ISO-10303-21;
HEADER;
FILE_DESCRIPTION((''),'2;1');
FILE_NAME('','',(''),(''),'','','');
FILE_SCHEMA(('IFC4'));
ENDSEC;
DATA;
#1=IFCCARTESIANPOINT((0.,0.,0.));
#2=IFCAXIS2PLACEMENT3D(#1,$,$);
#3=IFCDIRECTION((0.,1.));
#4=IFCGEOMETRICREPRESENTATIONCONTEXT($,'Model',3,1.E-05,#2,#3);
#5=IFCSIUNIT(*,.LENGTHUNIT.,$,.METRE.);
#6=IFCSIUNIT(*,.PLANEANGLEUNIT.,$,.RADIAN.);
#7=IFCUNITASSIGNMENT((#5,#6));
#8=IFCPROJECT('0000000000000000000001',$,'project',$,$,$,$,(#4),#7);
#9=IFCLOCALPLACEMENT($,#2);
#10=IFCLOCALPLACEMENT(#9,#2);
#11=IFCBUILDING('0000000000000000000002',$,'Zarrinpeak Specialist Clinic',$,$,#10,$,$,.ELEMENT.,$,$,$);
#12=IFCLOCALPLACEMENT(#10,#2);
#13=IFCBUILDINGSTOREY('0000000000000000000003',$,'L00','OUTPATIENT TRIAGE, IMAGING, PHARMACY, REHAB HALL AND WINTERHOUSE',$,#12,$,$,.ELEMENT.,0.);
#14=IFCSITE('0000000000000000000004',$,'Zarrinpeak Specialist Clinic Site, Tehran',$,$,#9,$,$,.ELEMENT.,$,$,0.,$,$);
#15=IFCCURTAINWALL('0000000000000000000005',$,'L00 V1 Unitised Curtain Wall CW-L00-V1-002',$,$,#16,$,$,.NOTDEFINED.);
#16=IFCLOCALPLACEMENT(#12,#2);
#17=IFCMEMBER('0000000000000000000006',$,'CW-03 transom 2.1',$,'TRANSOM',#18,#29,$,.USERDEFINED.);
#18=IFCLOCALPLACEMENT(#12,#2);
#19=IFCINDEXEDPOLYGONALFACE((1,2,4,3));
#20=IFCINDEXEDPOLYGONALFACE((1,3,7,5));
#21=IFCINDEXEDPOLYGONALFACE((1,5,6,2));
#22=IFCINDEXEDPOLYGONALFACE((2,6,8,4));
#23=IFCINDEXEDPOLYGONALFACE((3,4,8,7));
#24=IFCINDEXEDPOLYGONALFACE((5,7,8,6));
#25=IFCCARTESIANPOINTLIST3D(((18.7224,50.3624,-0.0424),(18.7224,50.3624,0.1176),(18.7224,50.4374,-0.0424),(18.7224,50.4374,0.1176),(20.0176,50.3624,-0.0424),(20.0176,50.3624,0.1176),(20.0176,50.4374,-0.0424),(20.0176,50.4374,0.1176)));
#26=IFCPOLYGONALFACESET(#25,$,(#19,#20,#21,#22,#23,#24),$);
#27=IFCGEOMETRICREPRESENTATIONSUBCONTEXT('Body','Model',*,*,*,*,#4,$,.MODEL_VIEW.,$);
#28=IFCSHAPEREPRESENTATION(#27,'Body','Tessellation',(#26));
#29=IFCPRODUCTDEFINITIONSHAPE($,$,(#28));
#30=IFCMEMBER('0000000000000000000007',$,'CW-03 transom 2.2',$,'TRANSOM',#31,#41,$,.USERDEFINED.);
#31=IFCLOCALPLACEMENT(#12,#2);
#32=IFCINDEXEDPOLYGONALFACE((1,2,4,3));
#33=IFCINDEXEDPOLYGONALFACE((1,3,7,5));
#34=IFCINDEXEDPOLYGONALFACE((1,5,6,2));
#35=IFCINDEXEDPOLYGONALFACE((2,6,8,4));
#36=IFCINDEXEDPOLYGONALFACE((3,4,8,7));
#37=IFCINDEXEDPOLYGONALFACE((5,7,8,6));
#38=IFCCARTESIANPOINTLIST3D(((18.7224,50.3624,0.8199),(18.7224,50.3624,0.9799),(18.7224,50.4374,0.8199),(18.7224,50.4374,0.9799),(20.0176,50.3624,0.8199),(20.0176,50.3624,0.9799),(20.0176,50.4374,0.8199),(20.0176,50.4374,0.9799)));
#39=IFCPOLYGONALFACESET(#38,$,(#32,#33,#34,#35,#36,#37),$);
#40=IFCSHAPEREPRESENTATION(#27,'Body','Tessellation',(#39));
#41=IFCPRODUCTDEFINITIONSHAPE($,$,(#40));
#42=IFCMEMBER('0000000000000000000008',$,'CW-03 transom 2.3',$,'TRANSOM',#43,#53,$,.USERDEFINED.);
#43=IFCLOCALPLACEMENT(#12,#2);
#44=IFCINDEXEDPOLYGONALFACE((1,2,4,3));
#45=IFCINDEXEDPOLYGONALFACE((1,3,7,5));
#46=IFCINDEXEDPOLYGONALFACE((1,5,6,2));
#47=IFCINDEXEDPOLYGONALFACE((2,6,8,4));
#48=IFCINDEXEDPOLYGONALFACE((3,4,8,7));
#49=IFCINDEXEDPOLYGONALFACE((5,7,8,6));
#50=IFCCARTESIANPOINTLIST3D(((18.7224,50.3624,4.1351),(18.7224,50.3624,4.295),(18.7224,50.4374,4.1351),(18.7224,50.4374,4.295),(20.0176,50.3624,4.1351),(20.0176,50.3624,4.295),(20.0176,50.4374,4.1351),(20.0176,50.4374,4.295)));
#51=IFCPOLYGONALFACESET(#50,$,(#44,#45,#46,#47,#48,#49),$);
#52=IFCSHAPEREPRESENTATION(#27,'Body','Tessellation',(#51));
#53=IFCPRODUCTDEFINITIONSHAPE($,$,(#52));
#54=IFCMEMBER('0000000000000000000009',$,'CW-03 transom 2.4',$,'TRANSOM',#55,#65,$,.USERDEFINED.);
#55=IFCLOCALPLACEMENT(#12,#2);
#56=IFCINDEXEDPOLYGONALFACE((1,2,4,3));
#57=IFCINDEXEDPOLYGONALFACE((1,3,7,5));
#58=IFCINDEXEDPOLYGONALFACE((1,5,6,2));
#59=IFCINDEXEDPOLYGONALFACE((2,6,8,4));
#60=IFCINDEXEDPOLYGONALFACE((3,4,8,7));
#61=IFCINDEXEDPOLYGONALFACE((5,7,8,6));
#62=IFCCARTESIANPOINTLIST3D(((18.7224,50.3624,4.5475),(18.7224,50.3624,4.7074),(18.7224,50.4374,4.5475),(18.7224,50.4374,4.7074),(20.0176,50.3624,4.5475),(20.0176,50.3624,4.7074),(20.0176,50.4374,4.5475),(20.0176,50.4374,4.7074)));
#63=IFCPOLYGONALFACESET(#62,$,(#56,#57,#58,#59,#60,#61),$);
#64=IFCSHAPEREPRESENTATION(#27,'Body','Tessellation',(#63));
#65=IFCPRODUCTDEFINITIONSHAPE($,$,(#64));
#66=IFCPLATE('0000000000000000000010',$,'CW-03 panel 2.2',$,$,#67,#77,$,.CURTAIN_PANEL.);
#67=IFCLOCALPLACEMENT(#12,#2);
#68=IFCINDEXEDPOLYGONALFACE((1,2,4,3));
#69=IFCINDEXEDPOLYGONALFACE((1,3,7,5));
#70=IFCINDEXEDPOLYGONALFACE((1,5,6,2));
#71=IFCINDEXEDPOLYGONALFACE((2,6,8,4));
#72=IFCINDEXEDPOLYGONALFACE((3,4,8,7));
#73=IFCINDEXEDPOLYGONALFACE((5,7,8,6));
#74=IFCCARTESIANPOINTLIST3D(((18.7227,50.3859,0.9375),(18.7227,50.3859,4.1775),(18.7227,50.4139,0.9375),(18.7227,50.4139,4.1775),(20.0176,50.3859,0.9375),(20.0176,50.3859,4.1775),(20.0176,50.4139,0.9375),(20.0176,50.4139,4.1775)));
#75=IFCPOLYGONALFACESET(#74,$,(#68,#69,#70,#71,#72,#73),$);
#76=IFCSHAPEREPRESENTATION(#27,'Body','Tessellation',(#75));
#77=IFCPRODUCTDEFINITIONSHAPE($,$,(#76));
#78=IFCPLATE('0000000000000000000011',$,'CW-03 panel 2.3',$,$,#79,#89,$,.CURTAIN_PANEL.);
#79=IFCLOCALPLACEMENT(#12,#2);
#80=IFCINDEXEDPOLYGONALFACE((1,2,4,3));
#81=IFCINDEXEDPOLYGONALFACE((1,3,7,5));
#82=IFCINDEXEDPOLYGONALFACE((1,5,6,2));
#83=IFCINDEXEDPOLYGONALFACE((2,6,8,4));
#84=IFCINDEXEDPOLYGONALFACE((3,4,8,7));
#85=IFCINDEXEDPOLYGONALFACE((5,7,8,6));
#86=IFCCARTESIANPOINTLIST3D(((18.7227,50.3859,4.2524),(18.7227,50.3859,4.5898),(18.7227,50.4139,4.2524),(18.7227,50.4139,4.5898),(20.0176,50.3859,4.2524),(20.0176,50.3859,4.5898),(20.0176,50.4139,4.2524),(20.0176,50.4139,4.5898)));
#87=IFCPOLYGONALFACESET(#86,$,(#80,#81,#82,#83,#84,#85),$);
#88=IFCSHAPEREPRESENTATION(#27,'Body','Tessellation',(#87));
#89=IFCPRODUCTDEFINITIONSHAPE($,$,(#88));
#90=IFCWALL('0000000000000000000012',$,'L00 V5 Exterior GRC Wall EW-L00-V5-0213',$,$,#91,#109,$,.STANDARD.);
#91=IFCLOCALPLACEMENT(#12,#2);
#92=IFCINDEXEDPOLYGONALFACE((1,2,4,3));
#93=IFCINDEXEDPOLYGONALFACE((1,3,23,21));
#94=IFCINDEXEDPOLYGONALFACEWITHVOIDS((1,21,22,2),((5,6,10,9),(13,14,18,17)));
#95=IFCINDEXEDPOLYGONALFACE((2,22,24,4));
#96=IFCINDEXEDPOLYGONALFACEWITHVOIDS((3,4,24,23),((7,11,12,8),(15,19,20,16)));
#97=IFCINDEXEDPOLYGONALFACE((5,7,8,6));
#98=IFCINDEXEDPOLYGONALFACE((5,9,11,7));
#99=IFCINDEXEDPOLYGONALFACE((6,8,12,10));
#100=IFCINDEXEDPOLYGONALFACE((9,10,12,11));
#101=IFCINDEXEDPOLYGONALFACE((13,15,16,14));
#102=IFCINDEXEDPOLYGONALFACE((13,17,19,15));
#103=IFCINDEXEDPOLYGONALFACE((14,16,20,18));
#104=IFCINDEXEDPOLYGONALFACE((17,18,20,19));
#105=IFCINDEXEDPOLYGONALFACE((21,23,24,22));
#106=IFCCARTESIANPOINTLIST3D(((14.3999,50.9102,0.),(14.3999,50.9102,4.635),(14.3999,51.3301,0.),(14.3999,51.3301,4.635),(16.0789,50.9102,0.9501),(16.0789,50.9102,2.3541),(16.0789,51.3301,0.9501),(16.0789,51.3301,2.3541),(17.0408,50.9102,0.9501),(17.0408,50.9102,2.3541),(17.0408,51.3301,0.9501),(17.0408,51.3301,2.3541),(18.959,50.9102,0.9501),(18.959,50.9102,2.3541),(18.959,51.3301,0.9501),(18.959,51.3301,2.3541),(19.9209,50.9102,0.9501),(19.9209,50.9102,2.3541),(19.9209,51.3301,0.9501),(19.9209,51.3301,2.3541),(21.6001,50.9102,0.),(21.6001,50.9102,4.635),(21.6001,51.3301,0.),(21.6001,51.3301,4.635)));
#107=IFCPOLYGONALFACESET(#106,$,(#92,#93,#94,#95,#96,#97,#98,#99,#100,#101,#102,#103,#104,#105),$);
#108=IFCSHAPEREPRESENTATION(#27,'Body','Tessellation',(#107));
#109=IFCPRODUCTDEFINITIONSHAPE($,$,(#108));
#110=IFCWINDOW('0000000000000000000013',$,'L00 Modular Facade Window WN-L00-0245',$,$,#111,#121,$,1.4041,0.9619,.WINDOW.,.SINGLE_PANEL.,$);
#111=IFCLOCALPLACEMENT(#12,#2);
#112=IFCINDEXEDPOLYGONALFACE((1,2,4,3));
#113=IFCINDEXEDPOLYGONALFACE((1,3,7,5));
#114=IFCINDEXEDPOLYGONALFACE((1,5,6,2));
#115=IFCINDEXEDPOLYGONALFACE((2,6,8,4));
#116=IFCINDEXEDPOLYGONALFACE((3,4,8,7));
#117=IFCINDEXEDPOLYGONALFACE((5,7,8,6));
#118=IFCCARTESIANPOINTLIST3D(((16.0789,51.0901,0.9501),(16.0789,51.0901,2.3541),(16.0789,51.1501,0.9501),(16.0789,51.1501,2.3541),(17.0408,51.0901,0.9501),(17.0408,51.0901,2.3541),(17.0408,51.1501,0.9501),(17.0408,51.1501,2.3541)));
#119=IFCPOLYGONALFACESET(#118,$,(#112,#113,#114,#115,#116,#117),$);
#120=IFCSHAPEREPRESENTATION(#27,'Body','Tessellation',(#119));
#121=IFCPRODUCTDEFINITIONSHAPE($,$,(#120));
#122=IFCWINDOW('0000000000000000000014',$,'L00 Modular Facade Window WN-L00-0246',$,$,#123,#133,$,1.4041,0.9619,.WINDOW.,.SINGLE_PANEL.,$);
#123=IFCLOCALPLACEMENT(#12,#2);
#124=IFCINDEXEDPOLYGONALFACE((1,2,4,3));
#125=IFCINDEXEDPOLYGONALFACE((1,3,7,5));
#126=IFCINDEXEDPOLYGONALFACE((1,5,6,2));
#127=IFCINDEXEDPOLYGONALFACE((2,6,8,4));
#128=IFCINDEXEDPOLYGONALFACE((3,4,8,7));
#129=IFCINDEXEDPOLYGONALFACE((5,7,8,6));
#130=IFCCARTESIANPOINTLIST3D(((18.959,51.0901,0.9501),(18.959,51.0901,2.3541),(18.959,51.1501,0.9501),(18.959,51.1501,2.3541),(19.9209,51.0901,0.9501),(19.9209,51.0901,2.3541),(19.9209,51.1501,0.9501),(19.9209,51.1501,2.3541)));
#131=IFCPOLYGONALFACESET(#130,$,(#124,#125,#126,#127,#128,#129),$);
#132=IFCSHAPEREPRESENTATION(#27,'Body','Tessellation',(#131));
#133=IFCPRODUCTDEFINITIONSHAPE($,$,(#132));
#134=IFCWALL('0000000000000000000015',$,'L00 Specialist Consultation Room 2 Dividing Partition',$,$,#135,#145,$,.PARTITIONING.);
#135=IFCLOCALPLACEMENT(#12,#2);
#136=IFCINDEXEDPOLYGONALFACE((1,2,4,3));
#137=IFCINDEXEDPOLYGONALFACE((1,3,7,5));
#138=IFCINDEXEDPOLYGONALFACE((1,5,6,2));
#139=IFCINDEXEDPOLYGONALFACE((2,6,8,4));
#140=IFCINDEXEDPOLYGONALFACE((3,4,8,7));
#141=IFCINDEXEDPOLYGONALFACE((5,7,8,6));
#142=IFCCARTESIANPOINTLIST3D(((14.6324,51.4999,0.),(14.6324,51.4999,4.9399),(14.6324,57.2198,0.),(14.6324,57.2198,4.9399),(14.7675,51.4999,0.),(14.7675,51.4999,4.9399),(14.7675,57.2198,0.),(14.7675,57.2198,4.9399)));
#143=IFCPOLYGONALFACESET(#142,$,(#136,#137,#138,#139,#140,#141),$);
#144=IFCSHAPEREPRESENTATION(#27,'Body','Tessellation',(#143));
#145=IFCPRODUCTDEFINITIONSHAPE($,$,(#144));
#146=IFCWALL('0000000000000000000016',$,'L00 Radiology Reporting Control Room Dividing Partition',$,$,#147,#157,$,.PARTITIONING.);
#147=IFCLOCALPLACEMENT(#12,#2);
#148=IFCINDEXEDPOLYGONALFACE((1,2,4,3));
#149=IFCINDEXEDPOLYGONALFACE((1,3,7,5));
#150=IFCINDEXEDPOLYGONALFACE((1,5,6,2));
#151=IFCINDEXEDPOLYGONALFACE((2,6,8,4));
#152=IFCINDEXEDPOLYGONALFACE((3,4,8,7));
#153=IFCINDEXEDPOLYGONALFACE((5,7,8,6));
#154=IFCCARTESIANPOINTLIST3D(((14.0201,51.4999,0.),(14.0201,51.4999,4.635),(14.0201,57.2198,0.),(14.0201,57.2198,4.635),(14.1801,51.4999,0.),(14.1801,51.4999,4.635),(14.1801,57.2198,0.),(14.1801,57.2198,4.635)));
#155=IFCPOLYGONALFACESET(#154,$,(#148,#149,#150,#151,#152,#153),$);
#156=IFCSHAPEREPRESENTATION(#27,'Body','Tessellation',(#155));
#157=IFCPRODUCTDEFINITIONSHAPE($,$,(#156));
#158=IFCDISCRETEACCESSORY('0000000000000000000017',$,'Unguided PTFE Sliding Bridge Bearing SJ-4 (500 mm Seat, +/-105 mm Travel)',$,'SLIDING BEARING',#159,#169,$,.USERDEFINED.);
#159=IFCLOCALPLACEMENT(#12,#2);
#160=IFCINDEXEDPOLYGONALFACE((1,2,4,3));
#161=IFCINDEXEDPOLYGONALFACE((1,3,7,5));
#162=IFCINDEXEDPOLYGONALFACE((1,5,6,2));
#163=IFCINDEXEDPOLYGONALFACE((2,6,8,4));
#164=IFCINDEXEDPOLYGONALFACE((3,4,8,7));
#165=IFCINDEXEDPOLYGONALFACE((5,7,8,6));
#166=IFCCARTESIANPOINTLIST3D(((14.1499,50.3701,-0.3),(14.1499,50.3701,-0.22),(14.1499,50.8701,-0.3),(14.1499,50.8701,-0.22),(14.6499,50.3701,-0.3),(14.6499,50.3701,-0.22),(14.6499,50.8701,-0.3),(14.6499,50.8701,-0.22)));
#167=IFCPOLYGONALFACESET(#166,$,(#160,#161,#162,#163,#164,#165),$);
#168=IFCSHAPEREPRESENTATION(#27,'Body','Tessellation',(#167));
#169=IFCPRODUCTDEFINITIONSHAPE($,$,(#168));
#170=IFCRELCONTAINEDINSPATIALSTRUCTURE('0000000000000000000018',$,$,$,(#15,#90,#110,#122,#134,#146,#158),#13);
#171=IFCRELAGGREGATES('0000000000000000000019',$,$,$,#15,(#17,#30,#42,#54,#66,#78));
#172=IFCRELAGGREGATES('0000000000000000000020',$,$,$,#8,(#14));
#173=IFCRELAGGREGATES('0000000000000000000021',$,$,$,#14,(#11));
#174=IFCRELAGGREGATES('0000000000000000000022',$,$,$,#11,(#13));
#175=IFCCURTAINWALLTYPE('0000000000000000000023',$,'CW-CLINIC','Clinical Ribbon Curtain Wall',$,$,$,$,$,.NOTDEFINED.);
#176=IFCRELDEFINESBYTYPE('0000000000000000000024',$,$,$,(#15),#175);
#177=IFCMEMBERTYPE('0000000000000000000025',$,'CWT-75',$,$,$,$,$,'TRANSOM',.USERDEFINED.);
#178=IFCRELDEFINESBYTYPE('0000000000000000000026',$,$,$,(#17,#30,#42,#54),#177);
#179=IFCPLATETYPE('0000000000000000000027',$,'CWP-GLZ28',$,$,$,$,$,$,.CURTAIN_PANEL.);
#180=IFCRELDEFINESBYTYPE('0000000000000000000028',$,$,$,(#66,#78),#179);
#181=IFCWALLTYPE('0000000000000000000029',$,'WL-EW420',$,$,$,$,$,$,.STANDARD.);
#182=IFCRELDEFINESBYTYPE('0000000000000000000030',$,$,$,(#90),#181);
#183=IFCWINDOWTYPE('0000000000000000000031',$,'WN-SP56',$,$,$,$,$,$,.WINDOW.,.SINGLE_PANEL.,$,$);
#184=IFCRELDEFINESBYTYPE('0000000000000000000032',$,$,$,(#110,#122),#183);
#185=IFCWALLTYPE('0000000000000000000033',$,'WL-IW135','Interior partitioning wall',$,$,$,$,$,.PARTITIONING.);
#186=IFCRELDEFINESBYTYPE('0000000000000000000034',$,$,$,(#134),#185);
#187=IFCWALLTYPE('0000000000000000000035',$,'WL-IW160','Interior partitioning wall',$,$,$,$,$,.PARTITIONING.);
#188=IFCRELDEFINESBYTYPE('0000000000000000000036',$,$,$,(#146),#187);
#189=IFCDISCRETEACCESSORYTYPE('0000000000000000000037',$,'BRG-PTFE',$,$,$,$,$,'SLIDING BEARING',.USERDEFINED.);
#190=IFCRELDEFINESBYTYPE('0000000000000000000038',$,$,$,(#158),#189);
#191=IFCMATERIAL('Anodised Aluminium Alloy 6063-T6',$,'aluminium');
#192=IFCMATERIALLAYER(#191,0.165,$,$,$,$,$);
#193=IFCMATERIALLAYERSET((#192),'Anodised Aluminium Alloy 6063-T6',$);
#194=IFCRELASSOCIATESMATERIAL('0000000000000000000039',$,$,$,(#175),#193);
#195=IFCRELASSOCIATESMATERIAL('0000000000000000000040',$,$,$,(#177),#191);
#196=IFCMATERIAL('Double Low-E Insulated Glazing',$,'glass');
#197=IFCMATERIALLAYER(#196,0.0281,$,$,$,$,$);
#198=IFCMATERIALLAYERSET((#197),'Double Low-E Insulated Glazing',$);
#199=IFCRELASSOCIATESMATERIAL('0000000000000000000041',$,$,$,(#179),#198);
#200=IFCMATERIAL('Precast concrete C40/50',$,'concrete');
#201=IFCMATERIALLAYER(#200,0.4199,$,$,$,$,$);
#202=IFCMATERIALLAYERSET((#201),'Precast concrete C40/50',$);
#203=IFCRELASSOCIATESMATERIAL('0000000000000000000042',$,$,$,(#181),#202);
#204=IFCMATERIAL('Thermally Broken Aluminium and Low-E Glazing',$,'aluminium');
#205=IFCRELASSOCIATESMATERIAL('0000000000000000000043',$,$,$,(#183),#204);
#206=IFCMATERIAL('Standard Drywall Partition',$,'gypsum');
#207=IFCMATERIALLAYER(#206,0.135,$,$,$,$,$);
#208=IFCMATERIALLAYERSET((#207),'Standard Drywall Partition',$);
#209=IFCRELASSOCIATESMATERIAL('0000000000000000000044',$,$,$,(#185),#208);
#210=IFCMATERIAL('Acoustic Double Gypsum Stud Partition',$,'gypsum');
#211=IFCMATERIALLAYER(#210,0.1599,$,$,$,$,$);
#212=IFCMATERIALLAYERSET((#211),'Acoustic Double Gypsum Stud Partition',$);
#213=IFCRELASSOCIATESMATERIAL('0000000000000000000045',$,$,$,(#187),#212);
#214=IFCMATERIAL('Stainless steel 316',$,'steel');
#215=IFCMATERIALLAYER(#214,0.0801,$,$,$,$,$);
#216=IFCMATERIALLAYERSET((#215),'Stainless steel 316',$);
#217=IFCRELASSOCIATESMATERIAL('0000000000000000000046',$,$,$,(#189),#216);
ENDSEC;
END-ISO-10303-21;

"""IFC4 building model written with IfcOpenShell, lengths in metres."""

from ifc_helpers import new_model, si_unit, direction, frame, frame_2d, origin, origin_2d, place, context, subcontext, project, spatial, rectangle, extrude, material, layer, layer_set, material_profile, profile_set, type_object, element, fill, aggregate, save


model = new_model("IFC4")

# Units and contexts
model_context = context("Model", 3, precision=1e-05, world=origin(), true_north=direction((0.0, 1.0)))
body_context = subcontext(model_context, "Body", "Model", "MODEL_VIEW")
ifc_project = project(units=[si_unit("LENGTHUNIT", "METRE"), si_unit("PLANEANGLEUNIT", "RADIAN")], contexts=[model_context])

# Site, building, storey
site_placement = place(None, origin())
site = spatial("IfcSite", under=ifc_project, at=site_placement, Name="Zarrinpeak Specialist Clinic Site, Tehran", CompositionType="ELEMENT", RefElevation=0.0)
building_placement = place(site_placement, origin())
building = spatial("IfcBuilding", under=site, at=building_placement, Name="Zarrinpeak Specialist Clinic", CompositionType="ELEMENT")
storey_placement = place(building_placement, origin())
storey = spatial("IfcBuildingStorey", under=building, at=storey_placement, Name="L00", Description="OUTPATIENT TRIAGE, IMAGING, PHARMACY, REHAB HALL AND WINTERHOUSE", CompositionType="ELEMENT", Elevation=0.0)

# Curtain wall, members, plates
ifc_material_1 = material(Name="Anodised Aluminium Alloy 6063-T6", Category="aluminium")
ifc_layer_1 = layer(ifc_material_1, 0.165)
ifc_layer_set_1 = layer_set([ifc_layer_1], Name="Anodised Aluminium Alloy 6063-T6")
curtain_wall_type = type_object("IfcCurtainWallType", Name="CW-CLINIC", Description="Clinical Ribbon Curtain Wall", PredefinedType="NOTDEFINED", material=ifc_layer_set_1)
curtain_wall_placement = place(storey_placement, origin())
curtain_wall = element("IfcCurtainWall", 1, at=curtain_wall_placement, inside=storey, type_object=curtain_wall_type, Name="L00 V1 Unitised Curtain Wall CW-L00-V1-002", PredefinedType="NOTDEFINED")
ifc_material_profile_1 = material_profile(ifc_material_1, rectangle(XDim=0.075, YDim=0.1599, at=origin_2d()), Name="ALU 75x160")
ifc_profile_set_1 = profile_set([ifc_material_profile_1], Name="Anodised Aluminium Alloy 6063-T6")
member_type_1 = type_object("IfcMemberType", Name="CWT-75", ElementType="TRANSOM", PredefinedType="USERDEFINED", material=ifc_profile_set_1)
member_1_placement = place(storey_placement, frame((20.0176, 50.3999, 0.0376), z_axis=(-1.0, 0.0, 0.0), x_axis=(0.0, -1.0, 0.0)))
member_1 = element("IfcMember", 2, at=member_1_placement, type_object=member_type_1, Name="CW-03 transom 2.1", ObjectType="TRANSOM", PredefinedType="USERDEFINED", context=body_context, shape_type="SweptSolid", body=[
    extrude(rectangle(XDim=0.075, YDim=0.1599, at=origin_2d()), origin(), (0.0, 0.0, 1.0), 1.2952),
])
member_2_placement = place(storey_placement, frame((20.0176, 50.3999, 0.8999), z_axis=(-1.0, 0.0, 0.0), x_axis=(0.0, -1.0, 0.0)))
member_2 = element("IfcMember", 3, at=member_2_placement, type_object=member_type_1, Name="CW-03 transom 2.2", ObjectType="TRANSOM", PredefinedType="USERDEFINED", context=body_context, shape_type="SweptSolid", body=[
    extrude(rectangle(XDim=0.075, YDim=0.1599, at=origin_2d()), origin(), (0.0, 0.0, 1.0), 1.2952),
])
member_3_placement = place(storey_placement, frame((20.0176, 50.3999, 4.2151), z_axis=(-1.0, 0.0, 0.0), x_axis=(0.0, -1.0, 0.0)))
member_3 = element("IfcMember", 4, at=member_3_placement, type_object=member_type_1, Name="CW-03 transom 2.3", ObjectType="TRANSOM", PredefinedType="USERDEFINED", context=body_context, shape_type="SweptSolid", body=[
    extrude(rectangle(XDim=0.075, YDim=0.1599, at=origin_2d()), origin(), (0.0, 0.0, 1.0), 1.2952),
])
member_4_placement = place(storey_placement, frame((20.0176, 50.3999, 4.6274), z_axis=(-1.0, 0.0, 0.0), x_axis=(0.0, -1.0, 0.0)))
member_4 = element("IfcMember", 5, at=member_4_placement, type_object=member_type_1, Name="CW-03 transom 2.4", ObjectType="TRANSOM", PredefinedType="USERDEFINED", context=body_context, shape_type="SweptSolid", body=[
    extrude(rectangle(XDim=0.075, YDim=0.1599, at=origin_2d()), origin(), (0.0, 0.0, 1.0), 1.2952),
])
ifc_material_2 = material(Name="Double Low-E Insulated Glazing", Category="glass")
ifc_layer_2 = layer(ifc_material_2, 0.0281)
ifc_layer_set_2 = layer_set([ifc_layer_2], Name="Double Low-E Insulated Glazing")
plate_type = type_object("IfcPlateType", Name="CWP-GLZ28", PredefinedType="CURTAIN_PANEL", material=ifc_layer_set_2)
plate_1_placement = place(storey_placement, frame((19.3701, 50.3999, 0.9375), z_axis=(0.0, 0.0, 1.0), x_axis=(-1.0, 0.0, 0.0)))
plate_1 = element("IfcPlate", 6, at=plate_1_placement, type_object=plate_type, Name="CW-03 panel 2.2", PredefinedType="CURTAIN_PANEL", context=body_context, shape_type="SweptSolid", body=[
    extrude(rectangle(XDim=1.2949, YDim=0.0281, at=origin_2d()), origin(), (0.0, 0.0, 1.0), 3.24),
])
plate_2_placement = place(storey_placement, frame((19.3701, 50.3999, 4.2524), z_axis=(0.0, 0.0, 1.0), x_axis=(-1.0, 0.0, 0.0)))
plate_2 = element("IfcPlate", 7, at=plate_2_placement, type_object=plate_type, Name="CW-03 panel 2.3", PredefinedType="CURTAIN_PANEL", context=body_context, shape_type="SweptSolid", body=[
    extrude(rectangle(XDim=1.2949, YDim=0.0281, at=origin_2d()), origin(), (0.0, 0.0, 1.0), 0.3374),
])
aggregate(curtain_wall, [member_1, member_2, member_3, member_4, plate_1, plate_2])

# Wall, openings, windows
ifc_material_3 = material(Name="Precast concrete C40/50", Category="concrete")
ifc_layer_3 = layer(ifc_material_3, 0.4199)
ifc_layer_set_3 = layer_set([ifc_layer_3], Name="Precast concrete C40/50")
wall_type_1 = type_object("IfcWallType", Name="WL-EW420", PredefinedType="STANDARD", material=ifc_layer_set_3)
wall_1_placement = place(storey_placement, frame((14.3999, 51.1201, 0.0), z_axis=(0.0, 0.0, 1.0), x_axis=(1.0, 0.0, 0.0)))
wall_1 = element("IfcWall", 8, at=wall_1_placement, inside=storey, type_object=wall_type_1, Name="L00 V5 Exterior GRC Wall EW-L00-V5-0213", PredefinedType="STANDARD", context=body_context, shape_type="SweptSolid", body=[
    extrude(rectangle(XDim=7.2002, YDim=0.4199, at=frame_2d((3.6001, 0.0))), origin(), (0.0, 0.0, 1.0), 4.635),
])
opening_1_placement = place(wall_1_placement, frame((1.679, 0.0, 0.95)))
opening_1 = element("IfcOpeningElement", 9, at=opening_1_placement, cuts=wall_1, PredefinedType="OPENING", context=body_context, shape_type="SweptSolid", body=[
    extrude(rectangle(XDim=0.9619, YDim=1.4041, at=frame_2d((0.481, 0.7021))), frame((0.0, 0.22, 0.0), z_axis=(0.0, -1.0, 0.0), x_axis=(1.0, 0.0, 0.0)), (0.0, 0.0, 1.0), 0.4399),
])
opening_2_placement = place(wall_1_placement, frame((4.5591, 0.0, 0.95)))
opening_2 = element("IfcOpeningElement", 10, at=opening_2_placement, cuts=wall_1, PredefinedType="OPENING", context=body_context, shape_type="SweptSolid", body=[
    extrude(rectangle(XDim=0.9619, YDim=1.4041, at=frame_2d((0.481, 0.7021))), frame((0.0, 0.22, 0.0), z_axis=(0.0, -1.0, 0.0), x_axis=(1.0, 0.0, 0.0)), (0.0, 0.0, 1.0), 0.4399),
])
ifc_material_4 = material(Name="Thermally Broken Aluminium and Low-E Glazing", Category="aluminium")
window_type = type_object("IfcWindowType", Name="WN-SP56", PartitioningType="SINGLE_PANEL", PredefinedType="WINDOW", material=ifc_material_4)
window_1_placement = place(opening_1_placement, origin())
window_1 = element("IfcWindow", 11, at=window_1_placement, inside=storey, type_object=window_type, Name="L00 Modular Facade Window WN-L00-0245", OverallHeight=1.4041, OverallWidth=0.9619, PartitioningType="SINGLE_PANEL", PredefinedType="WINDOW", context=body_context, shape_type="SweptSolid", body=[
    extrude(rectangle(XDim=0.9619, YDim=1.4041, at=frame_2d((0.481, 0.7021))), frame((0.0, 0.03, 0.0), z_axis=(0.0, -1.0, 0.0), x_axis=(1.0, 0.0, 0.0)), (0.0, 0.0, 1.0), 0.0601),
])
fill(opening_1, window_1)
window_2_placement = place(opening_2_placement, origin())
window_2 = element("IfcWindow", 12, at=window_2_placement, inside=storey, type_object=window_type, Name="L00 Modular Facade Window WN-L00-0246", OverallHeight=1.4041, OverallWidth=0.9619, PartitioningType="SINGLE_PANEL", PredefinedType="WINDOW", context=body_context, shape_type="SweptSolid", body=[
    extrude(rectangle(XDim=0.9619, YDim=1.4041, at=frame_2d((0.481, 0.7021))), frame((0.0, 0.03, 0.0), z_axis=(0.0, -1.0, 0.0), x_axis=(1.0, 0.0, 0.0)), (0.0, 0.0, 1.0), 0.0601),
])
fill(opening_2, window_2)

# Walls
ifc_material_5 = material(Name="Standard Drywall Partition", Category="gypsum")
ifc_layer_4 = layer(ifc_material_5, 0.135)
ifc_layer_set_4 = layer_set([ifc_layer_4], Name="Standard Drywall Partition")
wall_type_2 = type_object("IfcWallType", Name="WL-IW135", Description="Interior partitioning wall", PredefinedType="PARTITIONING", material=ifc_layer_set_4)
wall_2_placement = place(storey_placement, frame((14.7, 51.5, 0.0), z_axis=(0.0, 0.0, 1.0), x_axis=(0.0, 1.0, 0.0)))
element("IfcWall", 13, at=wall_2_placement, inside=storey, type_object=wall_type_2, Name="L00 Specialist Consultation Room 2 Dividing Partition", PredefinedType="PARTITIONING", context=body_context, shape_type="SweptSolid", body=[
    extrude(rectangle(XDim=5.72, YDim=0.135, at=frame_2d((2.8599, 0.0))), origin(), (0.0, 0.0, 1.0), 4.9399),
])
ifc_material_6 = material(Name="Acoustic Double Gypsum Stud Partition", Category="gypsum")
ifc_layer_5 = layer(ifc_material_6, 0.1599)
ifc_layer_set_5 = layer_set([ifc_layer_5], Name="Acoustic Double Gypsum Stud Partition")
wall_type_3 = type_object("IfcWallType", Name="WL-IW160", Description="Interior partitioning wall", PredefinedType="PARTITIONING", material=ifc_layer_set_5)
wall_3_placement = place(storey_placement, frame((14.1001, 51.5, 0.0), z_axis=(0.0, 0.0, 1.0), x_axis=(0.0, 1.0, 0.0)))
element("IfcWall", 14, at=wall_3_placement, inside=storey, type_object=wall_type_3, Name="L00 Radiology Reporting Control Room Dividing Partition", PredefinedType="PARTITIONING", context=body_context, shape_type="SweptSolid", body=[
    extrude(rectangle(XDim=5.72, YDim=0.1599, at=frame_2d((2.8599, 0.0))), origin(), (0.0, 0.0, 1.0), 4.635),
])

# Discrete accessory
ifc_material_7 = material(Name="Stainless steel 316", Category="steel")
ifc_layer_6 = layer(ifc_material_7, 0.0801)
ifc_layer_set_6 = layer_set([ifc_layer_6], Name="Stainless steel 316")
discrete_accessory_type = type_object("IfcDiscreteAccessoryType", Name="BRG-PTFE", ElementType="SLIDING BEARING", PredefinedType="USERDEFINED", material=ifc_layer_set_6)
discrete_accessory_placement = place(storey_placement, frame((14.3999, 50.6201, -0.3), z_axis=(0.0, 0.0, 1.0), x_axis=(1.0, 0.0, 0.0)))
element("IfcDiscreteAccessory", 15, at=discrete_accessory_placement, inside=storey, type_object=discrete_accessory_type, Name="Unguided PTFE Sliding Bridge Bearing SJ-4 (500 mm Seat, +/-105 mm Travel)", ObjectType="SLIDING BEARING", PredefinedType="USERDEFINED", context=body_context, shape_type="SweptSolid", body=[
    extrude(rectangle(XDim=0.5, YDim=0.5, at=origin_2d()), origin(), (0.0, 0.0, 1.0), 0.0801),
])

save(model, "model.ifc")
